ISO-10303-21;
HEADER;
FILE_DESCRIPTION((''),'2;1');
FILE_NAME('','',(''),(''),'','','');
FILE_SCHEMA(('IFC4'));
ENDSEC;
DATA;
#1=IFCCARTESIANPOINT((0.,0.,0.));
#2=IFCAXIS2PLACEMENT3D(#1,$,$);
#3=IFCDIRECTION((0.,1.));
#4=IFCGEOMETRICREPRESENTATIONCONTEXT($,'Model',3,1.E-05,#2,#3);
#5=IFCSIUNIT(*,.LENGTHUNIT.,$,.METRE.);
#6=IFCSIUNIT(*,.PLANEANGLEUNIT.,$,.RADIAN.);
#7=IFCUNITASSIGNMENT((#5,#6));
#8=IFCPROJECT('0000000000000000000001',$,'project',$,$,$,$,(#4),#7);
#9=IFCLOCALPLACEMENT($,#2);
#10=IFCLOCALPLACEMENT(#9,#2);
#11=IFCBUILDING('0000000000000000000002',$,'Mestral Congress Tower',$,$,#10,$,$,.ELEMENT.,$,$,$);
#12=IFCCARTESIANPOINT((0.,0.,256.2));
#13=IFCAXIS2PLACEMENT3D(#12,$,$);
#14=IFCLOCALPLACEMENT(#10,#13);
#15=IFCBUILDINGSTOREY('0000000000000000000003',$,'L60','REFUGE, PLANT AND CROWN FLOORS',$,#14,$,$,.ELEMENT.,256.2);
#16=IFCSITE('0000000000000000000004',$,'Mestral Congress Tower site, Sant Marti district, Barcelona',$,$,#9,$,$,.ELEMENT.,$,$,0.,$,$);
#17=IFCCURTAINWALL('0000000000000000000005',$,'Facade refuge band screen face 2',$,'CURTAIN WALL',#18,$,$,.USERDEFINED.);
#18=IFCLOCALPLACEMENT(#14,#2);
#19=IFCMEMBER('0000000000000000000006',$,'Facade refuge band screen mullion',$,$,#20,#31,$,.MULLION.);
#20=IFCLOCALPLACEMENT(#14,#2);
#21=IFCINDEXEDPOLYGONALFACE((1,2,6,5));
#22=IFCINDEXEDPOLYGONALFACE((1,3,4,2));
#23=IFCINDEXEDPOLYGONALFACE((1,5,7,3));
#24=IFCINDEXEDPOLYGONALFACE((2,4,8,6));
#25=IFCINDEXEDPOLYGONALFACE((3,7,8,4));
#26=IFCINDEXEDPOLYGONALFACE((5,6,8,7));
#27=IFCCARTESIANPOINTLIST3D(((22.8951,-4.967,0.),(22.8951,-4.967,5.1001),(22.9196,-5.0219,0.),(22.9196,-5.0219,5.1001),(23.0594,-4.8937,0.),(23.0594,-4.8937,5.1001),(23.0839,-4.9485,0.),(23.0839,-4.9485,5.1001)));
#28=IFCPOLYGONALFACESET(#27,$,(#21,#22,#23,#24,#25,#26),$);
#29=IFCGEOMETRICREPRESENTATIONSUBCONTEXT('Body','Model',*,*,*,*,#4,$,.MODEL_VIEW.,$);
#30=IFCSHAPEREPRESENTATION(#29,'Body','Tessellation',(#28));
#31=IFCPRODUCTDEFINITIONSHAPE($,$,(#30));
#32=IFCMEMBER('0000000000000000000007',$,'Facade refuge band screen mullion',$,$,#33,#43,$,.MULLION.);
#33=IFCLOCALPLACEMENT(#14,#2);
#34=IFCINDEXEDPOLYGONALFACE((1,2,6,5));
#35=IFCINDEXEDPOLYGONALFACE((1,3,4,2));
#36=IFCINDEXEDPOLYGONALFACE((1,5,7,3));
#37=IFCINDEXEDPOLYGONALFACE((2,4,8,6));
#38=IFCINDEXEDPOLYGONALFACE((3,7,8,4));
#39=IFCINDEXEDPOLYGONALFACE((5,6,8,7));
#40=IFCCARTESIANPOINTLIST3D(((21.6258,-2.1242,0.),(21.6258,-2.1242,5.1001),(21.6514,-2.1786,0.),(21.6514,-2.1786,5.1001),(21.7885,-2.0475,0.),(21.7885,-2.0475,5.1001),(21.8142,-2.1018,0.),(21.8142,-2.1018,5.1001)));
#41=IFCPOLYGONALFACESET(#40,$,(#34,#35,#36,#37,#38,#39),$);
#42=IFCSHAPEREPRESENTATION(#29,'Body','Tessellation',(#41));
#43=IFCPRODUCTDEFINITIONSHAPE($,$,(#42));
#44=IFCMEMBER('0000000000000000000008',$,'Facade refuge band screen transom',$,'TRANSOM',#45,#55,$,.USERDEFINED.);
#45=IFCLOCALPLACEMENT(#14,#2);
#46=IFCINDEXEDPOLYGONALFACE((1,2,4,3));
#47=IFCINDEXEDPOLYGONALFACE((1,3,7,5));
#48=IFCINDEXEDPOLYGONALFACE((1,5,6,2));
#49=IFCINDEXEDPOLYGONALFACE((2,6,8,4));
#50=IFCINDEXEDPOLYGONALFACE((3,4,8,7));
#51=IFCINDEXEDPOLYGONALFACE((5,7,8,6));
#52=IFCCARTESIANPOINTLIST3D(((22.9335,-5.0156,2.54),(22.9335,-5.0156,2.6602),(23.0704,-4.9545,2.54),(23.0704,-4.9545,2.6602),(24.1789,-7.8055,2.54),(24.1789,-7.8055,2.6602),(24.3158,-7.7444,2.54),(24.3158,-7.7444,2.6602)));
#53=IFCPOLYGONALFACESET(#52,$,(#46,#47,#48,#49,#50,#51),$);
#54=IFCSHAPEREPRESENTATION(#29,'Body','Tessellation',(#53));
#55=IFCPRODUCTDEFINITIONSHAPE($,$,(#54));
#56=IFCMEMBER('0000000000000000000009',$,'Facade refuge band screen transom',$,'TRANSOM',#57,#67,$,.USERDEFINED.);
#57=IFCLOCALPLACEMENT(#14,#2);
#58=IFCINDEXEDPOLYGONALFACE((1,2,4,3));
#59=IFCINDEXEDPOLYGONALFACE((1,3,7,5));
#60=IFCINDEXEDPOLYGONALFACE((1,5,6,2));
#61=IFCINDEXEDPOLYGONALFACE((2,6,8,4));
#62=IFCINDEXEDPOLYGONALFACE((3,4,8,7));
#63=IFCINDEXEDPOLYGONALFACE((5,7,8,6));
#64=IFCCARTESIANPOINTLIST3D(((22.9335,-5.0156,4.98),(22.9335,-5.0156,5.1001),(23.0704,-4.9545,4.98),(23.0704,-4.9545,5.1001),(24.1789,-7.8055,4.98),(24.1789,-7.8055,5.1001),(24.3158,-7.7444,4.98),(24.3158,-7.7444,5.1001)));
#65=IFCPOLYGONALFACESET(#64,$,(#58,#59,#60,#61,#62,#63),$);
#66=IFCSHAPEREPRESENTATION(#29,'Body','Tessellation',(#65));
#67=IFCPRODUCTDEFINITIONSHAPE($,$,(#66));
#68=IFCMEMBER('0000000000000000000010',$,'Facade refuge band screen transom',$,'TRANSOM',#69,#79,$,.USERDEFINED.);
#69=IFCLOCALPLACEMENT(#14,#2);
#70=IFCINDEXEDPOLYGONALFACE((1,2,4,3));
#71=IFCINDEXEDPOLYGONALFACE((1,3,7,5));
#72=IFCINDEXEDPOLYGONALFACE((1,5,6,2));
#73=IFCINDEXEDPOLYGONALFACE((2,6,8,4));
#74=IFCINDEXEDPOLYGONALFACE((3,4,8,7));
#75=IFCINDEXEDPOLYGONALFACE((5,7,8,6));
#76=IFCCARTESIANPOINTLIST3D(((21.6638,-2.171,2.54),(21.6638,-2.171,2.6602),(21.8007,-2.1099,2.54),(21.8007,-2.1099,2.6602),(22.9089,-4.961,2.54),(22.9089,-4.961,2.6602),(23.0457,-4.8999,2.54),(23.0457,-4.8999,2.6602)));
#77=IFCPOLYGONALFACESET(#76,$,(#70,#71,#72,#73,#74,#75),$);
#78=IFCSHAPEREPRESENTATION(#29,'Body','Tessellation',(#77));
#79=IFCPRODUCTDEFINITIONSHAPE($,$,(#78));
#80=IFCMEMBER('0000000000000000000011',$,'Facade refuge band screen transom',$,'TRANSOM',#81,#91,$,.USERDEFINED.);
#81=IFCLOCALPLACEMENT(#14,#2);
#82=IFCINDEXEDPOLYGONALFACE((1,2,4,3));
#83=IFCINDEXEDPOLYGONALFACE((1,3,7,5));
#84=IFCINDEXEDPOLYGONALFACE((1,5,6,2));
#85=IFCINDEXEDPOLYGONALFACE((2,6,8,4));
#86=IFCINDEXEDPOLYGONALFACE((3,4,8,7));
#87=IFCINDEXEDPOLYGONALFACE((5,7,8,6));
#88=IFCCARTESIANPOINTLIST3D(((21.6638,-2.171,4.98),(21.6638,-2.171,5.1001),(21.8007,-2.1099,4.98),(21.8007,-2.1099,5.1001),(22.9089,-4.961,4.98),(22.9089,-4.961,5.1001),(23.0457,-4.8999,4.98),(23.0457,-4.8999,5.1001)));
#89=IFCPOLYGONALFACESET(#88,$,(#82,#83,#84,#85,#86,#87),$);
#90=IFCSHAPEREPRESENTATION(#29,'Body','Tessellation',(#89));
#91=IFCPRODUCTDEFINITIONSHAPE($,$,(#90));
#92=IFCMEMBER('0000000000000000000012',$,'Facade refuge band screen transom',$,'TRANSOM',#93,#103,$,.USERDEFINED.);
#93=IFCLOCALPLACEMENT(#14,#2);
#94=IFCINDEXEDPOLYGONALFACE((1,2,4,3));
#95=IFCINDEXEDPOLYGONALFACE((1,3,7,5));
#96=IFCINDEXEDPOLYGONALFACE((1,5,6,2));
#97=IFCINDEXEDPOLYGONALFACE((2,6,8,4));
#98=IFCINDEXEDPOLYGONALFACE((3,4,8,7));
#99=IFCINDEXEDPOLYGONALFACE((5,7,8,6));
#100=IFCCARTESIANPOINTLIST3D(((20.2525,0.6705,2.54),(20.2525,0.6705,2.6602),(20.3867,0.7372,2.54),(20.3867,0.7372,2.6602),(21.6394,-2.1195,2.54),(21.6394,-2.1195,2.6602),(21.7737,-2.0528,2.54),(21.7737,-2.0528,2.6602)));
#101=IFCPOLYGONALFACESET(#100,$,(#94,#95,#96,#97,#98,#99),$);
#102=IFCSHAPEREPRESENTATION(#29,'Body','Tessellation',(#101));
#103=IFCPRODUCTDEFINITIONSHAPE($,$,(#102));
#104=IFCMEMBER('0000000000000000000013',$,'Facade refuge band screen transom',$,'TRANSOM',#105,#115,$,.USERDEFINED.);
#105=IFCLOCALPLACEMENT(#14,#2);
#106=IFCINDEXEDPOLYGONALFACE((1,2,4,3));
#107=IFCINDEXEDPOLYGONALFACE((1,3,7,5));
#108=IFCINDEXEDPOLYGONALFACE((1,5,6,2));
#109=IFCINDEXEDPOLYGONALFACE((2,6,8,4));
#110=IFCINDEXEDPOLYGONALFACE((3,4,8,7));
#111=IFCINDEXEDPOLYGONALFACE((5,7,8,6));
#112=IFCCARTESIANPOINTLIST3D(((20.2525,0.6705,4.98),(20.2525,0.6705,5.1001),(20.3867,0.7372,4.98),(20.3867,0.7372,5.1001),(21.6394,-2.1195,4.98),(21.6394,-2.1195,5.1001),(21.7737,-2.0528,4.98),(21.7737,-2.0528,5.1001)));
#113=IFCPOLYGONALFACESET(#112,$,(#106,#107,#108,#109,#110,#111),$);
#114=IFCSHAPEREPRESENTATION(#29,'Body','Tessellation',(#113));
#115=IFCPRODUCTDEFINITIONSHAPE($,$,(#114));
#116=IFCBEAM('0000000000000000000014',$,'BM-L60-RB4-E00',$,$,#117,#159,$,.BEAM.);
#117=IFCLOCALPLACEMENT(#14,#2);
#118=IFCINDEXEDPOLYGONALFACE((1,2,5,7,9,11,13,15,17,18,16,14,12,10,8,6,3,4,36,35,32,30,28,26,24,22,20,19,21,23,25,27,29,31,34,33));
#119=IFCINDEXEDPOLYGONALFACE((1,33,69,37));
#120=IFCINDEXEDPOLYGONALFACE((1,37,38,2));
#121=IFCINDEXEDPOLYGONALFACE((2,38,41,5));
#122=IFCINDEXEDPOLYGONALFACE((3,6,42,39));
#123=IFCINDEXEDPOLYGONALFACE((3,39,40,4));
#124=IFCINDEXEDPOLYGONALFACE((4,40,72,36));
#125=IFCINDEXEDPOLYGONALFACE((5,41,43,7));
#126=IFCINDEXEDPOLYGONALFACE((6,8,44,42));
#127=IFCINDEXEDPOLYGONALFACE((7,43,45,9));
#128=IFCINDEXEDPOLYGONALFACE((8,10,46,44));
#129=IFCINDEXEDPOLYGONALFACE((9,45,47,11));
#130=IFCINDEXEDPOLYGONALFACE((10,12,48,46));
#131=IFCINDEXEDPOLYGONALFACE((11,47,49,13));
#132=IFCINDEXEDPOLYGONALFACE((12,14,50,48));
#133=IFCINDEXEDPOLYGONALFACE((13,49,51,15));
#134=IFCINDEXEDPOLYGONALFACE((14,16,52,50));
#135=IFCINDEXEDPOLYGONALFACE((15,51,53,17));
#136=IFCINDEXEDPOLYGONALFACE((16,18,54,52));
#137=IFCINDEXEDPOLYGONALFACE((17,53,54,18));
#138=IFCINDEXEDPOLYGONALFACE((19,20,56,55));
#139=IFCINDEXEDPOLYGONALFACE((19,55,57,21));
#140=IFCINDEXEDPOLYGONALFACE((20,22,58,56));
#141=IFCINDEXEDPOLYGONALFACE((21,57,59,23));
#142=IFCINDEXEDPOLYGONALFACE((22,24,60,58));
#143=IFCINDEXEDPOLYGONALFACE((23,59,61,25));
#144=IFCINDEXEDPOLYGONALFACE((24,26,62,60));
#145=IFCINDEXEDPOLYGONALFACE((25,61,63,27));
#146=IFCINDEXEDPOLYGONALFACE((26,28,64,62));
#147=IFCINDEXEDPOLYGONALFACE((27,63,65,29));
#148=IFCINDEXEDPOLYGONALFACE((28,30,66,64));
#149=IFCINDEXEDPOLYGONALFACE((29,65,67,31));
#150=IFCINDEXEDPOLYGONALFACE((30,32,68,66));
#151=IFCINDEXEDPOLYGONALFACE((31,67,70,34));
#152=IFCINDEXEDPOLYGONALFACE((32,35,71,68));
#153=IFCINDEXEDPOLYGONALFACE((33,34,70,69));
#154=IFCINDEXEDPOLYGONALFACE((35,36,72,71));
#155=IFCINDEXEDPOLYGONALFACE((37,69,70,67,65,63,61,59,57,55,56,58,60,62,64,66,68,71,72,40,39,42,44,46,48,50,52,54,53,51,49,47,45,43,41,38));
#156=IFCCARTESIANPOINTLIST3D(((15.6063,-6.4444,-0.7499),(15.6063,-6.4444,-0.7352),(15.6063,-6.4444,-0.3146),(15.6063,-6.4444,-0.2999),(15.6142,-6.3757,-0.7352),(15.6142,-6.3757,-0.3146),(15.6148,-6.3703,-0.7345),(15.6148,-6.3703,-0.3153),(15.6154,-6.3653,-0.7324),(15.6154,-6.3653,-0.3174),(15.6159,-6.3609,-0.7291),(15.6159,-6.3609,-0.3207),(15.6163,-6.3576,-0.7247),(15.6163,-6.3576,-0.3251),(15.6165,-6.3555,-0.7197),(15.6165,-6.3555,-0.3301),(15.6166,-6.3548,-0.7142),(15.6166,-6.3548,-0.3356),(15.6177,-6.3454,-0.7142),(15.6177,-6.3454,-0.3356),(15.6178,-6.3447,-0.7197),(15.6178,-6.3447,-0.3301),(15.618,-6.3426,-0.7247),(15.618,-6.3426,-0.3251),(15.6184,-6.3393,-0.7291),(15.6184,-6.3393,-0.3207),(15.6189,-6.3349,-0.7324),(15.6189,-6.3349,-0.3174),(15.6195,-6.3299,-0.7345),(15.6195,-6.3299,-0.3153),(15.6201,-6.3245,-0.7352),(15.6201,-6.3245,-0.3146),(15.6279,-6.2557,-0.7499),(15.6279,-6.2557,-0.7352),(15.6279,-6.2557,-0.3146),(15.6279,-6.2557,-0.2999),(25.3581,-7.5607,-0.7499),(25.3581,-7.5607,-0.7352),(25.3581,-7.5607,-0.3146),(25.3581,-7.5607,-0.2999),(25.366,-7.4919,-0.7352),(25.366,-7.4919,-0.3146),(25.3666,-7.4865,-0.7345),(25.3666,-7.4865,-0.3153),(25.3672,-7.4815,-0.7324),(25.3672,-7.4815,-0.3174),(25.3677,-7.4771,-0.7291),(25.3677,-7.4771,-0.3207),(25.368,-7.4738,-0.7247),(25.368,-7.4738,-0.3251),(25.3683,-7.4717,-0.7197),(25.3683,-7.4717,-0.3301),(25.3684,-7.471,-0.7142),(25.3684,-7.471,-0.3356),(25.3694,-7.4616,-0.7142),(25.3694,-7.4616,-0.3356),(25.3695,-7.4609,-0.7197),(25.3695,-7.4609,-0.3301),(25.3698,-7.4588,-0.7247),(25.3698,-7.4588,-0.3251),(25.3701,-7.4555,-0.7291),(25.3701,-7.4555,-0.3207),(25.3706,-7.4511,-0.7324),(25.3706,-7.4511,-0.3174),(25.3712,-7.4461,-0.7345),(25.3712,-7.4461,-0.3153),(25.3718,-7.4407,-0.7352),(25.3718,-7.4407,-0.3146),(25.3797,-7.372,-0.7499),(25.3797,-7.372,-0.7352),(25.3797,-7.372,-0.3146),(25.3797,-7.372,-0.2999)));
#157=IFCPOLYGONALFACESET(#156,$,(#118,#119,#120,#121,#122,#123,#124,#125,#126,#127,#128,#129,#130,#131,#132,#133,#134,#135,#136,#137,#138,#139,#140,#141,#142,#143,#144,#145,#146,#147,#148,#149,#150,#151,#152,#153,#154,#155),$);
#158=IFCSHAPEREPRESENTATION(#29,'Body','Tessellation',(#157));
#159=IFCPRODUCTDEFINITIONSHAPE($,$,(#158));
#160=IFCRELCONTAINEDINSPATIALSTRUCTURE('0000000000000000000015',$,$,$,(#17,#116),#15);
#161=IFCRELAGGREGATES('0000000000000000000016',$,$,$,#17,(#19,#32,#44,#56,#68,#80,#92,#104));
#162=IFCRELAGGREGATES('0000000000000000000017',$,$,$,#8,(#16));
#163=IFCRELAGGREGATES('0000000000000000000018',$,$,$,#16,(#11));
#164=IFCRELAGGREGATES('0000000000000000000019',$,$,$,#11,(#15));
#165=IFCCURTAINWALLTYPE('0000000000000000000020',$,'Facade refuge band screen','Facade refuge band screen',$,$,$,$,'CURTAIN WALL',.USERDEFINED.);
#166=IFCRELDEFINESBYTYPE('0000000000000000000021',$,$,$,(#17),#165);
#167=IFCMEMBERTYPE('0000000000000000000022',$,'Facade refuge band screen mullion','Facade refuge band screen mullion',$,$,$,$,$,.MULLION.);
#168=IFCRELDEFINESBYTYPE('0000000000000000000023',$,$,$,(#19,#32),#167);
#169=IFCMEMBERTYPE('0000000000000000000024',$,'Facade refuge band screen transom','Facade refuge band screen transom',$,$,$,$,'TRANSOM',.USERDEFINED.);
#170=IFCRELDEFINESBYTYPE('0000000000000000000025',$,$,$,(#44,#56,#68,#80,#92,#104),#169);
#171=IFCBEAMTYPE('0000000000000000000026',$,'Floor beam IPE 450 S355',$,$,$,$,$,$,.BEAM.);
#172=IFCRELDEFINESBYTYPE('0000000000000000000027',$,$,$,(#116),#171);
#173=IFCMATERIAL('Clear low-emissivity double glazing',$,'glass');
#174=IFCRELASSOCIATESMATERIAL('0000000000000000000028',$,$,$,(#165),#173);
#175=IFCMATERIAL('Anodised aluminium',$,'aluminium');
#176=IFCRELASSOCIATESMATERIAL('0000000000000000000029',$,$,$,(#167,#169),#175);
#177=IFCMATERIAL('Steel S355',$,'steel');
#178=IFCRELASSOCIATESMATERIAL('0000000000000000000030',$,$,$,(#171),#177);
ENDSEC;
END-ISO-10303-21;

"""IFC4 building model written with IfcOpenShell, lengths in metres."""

from ifc_helpers import new_model, si_unit, direction, frame, origin, origin_2d, place, context, subcontext, project, spatial, rectangle, i_section, extrude, material, material_profile, profile_set, type_object, element, aggregate, save


model = new_model("IFC4")

# Units and contexts
model_context = context("Model", 3, precision=1e-05, world=origin(), true_north=direction((0.0, 1.0)))
body_context = subcontext(model_context, "Body", "Model", "MODEL_VIEW")
ifc_project = project(units=[si_unit("LENGTHUNIT", "METRE"), si_unit("PLANEANGLEUNIT", "RADIAN")], contexts=[model_context])

# Site, building, storey
site_placement = place(None, origin())
site = spatial("IfcSite", under=ifc_project, at=site_placement, Name="Mestral Congress Tower site, Sant Marti district, Barcelona", CompositionType="ELEMENT", RefElevation=0.0)
building_placement = place(site_placement, origin())
building = spatial("IfcBuilding", under=site, at=building_placement, Name="Mestral Congress Tower", CompositionType="ELEMENT")
storey_placement = place(building_placement, frame((0.0, 0.0, 256.2)))
storey = spatial("IfcBuildingStorey", under=building, at=storey_placement, Name="L60", Description="REFUGE, PLANT AND CROWN FLOORS", CompositionType="ELEMENT", Elevation=256.2)

# Shared definitions
ifc_material_1 = material(Name="Steel S355", Category="steel")

# Curtain wall, members
ifc_material_2 = material(Name="Clear low-emissivity double glazing", Category="glass")
curtain_wall_type = type_object("IfcCurtainWallType", Name="Facade refuge band screen", Description="Facade refuge band screen", ElementType="CURTAIN WALL", PredefinedType="USERDEFINED", material=ifc_material_2)
curtain_wall_placement = place(storey_placement, origin())
curtain_wall = element("IfcCurtainWall", 1, at=curtain_wall_placement, inside=storey, type_object=curtain_wall_type, Name="Facade refuge band screen face 2", ObjectType="CURTAIN WALL", PredefinedType="USERDEFINED")
ifc_material_3 = material(Name="Anodised aluminium", Category="aluminium")
ifc_material_profile_1 = material_profile(ifc_material_3, rectangle(XDim=0.1799, YDim=0.0601, at=origin_2d()), Name="CW3 mullion 180 x 60")
ifc_profile_set_1 = profile_set([ifc_material_profile_1], Name="Anodised aluminium")
member_type_1 = type_object("IfcMemberType", Name="Facade refuge band screen mullion", Description="Facade refuge band screen mullion", PredefinedType="MULLION", material=ifc_profile_set_1)
member_1_placement = place(storey_placement, frame((22.9895, -4.9578, 0.0), z_axis=(0.0, 0.0, 1.0), x_axis=(0.913155, 0.407612, 0.0)))
member_1 = element("IfcMember", 2, at=member_1_placement, type_object=member_type_1, Name="Facade refuge band screen mullion", PredefinedType="MULLION", context=body_context, shape_type="SweptSolid", body=[
    extrude(rectangle(XDim=0.1799, YDim=0.0601, at=origin_2d()), origin(), (0.0, 0.0, 1.0), 5.1001),
])
member_2_placement = place(storey_placement, frame((21.72, -2.113, 0.0), z_axis=(0.0, 0.0, 1.0), x_axis=(0.904501, 0.426472, 0.0)))
member_2 = element("IfcMember", 3, at=member_2_placement, type_object=member_type_1, Name="Facade refuge band screen mullion", PredefinedType="MULLION", context=body_context, shape_type="SweptSolid", body=[
    extrude(rectangle(XDim=0.1799, YDim=0.0601, at=origin_2d()), origin(), (0.0, 0.0, 1.0), 5.1001),
])
ifc_material_profile_2 = material_profile(ifc_material_3, rectangle(XDim=0.1499, YDim=0.1201, at=origin_2d()), Name="CW3 transom 150 x 120")
ifc_profile_set_2 = profile_set([ifc_material_profile_2], Name="Anodised aluminium")
member_type_2 = type_object("IfcMemberType", Name="Facade refuge band screen transom", Description="Facade refuge band screen transom", ElementType="TRANSOM", PredefinedType="USERDEFINED", material=ifc_profile_set_2)
member_3_placement = place(storey_placement, frame((24.2473, -7.7749, 2.6001), z_axis=(-0.407628, 0.913148, 0.0), x_axis=(-0.913148, -0.407628, 0.0)))
member_3 = element("IfcMember", 4, at=member_3_placement, type_object=member_type_2, Name="Facade refuge band screen transom", ObjectType="TRANSOM", PredefinedType="USERDEFINED", context=body_context, shape_type="SweptSolid", body=[
    extrude(rectangle(XDim=0.1499, YDim=0.1201, at=origin_2d()), origin(), (0.0, 0.0, 1.0), 3.0552),
])
member_4_placement = place(storey_placement, frame((24.2473, -7.7749, 5.04), z_axis=(-0.407628, 0.913148, 0.0), x_axis=(-0.913148, -0.407628, 0.0)))
member_4 = element("IfcMember", 5, at=member_4_placement, type_object=member_type_2, Name="Facade refuge band screen transom", ObjectType="TRANSOM", PredefinedType="USERDEFINED", context=body_context, shape_type="SweptSolid", body=[
    extrude(rectangle(XDim=0.1499, YDim=0.1201, at=origin_2d()), origin(), (0.0, 0.0, 1.0), 3.0552),
])
member_5_placement = place(storey_placement, frame((22.9773, -4.9304, 2.6001), z_axis=(-0.407532, 0.913191, 0.0), x_axis=(-0.913191, -0.407532, 0.0)))
member_5 = element("IfcMember", 6, at=member_5_placement, type_object=member_type_2, Name="Facade refuge band screen transom", ObjectType="TRANSOM", PredefinedType="USERDEFINED", context=body_context, shape_type="SweptSolid", body=[
    extrude(rectangle(XDim=0.1499, YDim=0.1201, at=origin_2d()), origin(), (0.0, 0.0, 1.0), 3.0552),
])
member_6_placement = place(storey_placement, frame((22.9773, -4.9304, 5.04), z_axis=(-0.407532, 0.913191, 0.0), x_axis=(-0.913191, -0.407532, 0.0)))
member_6 = element("IfcMember", 7, at=member_6_placement, type_object=member_type_2, Name="Facade refuge band screen transom", ObjectType="TRANSOM", PredefinedType="USERDEFINED", context=body_context, shape_type="SweptSolid", body=[
    extrude(rectangle(XDim=0.1499, YDim=0.1201, at=origin_2d()), origin(), (0.0, 0.0, 1.0), 3.0552),
])
member_7_placement = place(storey_placement, frame((21.7065, -2.0862, 2.6001), z_axis=(-0.445144, 0.895459, 0.0), x_axis=(-0.895459, -0.445144, 0.0)))
member_7 = element("IfcMember", 8, at=member_7_placement, type_object=member_type_2, Name="Facade refuge band screen transom", ObjectType="TRANSOM", PredefinedType="USERDEFINED", context=body_context, shape_type="SweptSolid", body=[
    extrude(rectangle(XDim=0.1499, YDim=0.1201, at=origin_2d()), origin(), (0.0, 0.0, 1.0), 3.1157),
])
member_8_placement = place(storey_placement, frame((21.7065, -2.0862, 5.04), z_axis=(-0.445144, 0.895459, 0.0), x_axis=(-0.895459, -0.445144, 0.0)))
member_8 = element("IfcMember", 9, at=member_8_placement, type_object=member_type_2, Name="Facade refuge band screen transom", ObjectType="TRANSOM", PredefinedType="USERDEFINED", context=body_context, shape_type="SweptSolid", body=[
    extrude(rectangle(XDim=0.1499, YDim=0.1201, at=origin_2d()), origin(), (0.0, 0.0, 1.0), 3.1157),
])

# Beam
ifc_material_profile_3 = material_profile(ifc_material_1, i_section(OverallWidth=0.1899, OverallDepth=0.45, WebThickness=0.0095, FlangeThickness=0.0146, FilletRadius=0.021, at=origin_2d()), Name="IPE 450")
ifc_profile_set_3 = profile_set([ifc_material_profile_3], Name="Steel S355")
beam_type_1 = type_object("IfcBeamType", Name="Floor beam IPE 450 S355", PredefinedType="BEAM", material=ifc_profile_set_3)
beam_1_placement = place(storey_placement, frame((25.3689, -7.4663, -0.5249), z_axis=(-0.993513, 0.113721, 0.0), x_axis=(-0.113721, -0.993513, 0.0)))
element("IfcBeam", 10, at=beam_1_placement, inside=storey, type_object=beam_type_1, Name="BM-L60-RB4-E00", PredefinedType="BEAM", context=body_context, shape_type="SweptSolid", body=[
    extrude(i_section(OverallWidth=0.1899, OverallDepth=0.45, WebThickness=0.0095, FlangeThickness=0.0146, FilletRadius=0.021, at=origin_2d()), origin(), (0.0, 0.0, 1.0), 9.8154),
])

aggregate(curtain_wall, [member_1, member_2, member_3, member_4, member_5, member_6, member_7, member_8])

save(model, "model.ifc")
